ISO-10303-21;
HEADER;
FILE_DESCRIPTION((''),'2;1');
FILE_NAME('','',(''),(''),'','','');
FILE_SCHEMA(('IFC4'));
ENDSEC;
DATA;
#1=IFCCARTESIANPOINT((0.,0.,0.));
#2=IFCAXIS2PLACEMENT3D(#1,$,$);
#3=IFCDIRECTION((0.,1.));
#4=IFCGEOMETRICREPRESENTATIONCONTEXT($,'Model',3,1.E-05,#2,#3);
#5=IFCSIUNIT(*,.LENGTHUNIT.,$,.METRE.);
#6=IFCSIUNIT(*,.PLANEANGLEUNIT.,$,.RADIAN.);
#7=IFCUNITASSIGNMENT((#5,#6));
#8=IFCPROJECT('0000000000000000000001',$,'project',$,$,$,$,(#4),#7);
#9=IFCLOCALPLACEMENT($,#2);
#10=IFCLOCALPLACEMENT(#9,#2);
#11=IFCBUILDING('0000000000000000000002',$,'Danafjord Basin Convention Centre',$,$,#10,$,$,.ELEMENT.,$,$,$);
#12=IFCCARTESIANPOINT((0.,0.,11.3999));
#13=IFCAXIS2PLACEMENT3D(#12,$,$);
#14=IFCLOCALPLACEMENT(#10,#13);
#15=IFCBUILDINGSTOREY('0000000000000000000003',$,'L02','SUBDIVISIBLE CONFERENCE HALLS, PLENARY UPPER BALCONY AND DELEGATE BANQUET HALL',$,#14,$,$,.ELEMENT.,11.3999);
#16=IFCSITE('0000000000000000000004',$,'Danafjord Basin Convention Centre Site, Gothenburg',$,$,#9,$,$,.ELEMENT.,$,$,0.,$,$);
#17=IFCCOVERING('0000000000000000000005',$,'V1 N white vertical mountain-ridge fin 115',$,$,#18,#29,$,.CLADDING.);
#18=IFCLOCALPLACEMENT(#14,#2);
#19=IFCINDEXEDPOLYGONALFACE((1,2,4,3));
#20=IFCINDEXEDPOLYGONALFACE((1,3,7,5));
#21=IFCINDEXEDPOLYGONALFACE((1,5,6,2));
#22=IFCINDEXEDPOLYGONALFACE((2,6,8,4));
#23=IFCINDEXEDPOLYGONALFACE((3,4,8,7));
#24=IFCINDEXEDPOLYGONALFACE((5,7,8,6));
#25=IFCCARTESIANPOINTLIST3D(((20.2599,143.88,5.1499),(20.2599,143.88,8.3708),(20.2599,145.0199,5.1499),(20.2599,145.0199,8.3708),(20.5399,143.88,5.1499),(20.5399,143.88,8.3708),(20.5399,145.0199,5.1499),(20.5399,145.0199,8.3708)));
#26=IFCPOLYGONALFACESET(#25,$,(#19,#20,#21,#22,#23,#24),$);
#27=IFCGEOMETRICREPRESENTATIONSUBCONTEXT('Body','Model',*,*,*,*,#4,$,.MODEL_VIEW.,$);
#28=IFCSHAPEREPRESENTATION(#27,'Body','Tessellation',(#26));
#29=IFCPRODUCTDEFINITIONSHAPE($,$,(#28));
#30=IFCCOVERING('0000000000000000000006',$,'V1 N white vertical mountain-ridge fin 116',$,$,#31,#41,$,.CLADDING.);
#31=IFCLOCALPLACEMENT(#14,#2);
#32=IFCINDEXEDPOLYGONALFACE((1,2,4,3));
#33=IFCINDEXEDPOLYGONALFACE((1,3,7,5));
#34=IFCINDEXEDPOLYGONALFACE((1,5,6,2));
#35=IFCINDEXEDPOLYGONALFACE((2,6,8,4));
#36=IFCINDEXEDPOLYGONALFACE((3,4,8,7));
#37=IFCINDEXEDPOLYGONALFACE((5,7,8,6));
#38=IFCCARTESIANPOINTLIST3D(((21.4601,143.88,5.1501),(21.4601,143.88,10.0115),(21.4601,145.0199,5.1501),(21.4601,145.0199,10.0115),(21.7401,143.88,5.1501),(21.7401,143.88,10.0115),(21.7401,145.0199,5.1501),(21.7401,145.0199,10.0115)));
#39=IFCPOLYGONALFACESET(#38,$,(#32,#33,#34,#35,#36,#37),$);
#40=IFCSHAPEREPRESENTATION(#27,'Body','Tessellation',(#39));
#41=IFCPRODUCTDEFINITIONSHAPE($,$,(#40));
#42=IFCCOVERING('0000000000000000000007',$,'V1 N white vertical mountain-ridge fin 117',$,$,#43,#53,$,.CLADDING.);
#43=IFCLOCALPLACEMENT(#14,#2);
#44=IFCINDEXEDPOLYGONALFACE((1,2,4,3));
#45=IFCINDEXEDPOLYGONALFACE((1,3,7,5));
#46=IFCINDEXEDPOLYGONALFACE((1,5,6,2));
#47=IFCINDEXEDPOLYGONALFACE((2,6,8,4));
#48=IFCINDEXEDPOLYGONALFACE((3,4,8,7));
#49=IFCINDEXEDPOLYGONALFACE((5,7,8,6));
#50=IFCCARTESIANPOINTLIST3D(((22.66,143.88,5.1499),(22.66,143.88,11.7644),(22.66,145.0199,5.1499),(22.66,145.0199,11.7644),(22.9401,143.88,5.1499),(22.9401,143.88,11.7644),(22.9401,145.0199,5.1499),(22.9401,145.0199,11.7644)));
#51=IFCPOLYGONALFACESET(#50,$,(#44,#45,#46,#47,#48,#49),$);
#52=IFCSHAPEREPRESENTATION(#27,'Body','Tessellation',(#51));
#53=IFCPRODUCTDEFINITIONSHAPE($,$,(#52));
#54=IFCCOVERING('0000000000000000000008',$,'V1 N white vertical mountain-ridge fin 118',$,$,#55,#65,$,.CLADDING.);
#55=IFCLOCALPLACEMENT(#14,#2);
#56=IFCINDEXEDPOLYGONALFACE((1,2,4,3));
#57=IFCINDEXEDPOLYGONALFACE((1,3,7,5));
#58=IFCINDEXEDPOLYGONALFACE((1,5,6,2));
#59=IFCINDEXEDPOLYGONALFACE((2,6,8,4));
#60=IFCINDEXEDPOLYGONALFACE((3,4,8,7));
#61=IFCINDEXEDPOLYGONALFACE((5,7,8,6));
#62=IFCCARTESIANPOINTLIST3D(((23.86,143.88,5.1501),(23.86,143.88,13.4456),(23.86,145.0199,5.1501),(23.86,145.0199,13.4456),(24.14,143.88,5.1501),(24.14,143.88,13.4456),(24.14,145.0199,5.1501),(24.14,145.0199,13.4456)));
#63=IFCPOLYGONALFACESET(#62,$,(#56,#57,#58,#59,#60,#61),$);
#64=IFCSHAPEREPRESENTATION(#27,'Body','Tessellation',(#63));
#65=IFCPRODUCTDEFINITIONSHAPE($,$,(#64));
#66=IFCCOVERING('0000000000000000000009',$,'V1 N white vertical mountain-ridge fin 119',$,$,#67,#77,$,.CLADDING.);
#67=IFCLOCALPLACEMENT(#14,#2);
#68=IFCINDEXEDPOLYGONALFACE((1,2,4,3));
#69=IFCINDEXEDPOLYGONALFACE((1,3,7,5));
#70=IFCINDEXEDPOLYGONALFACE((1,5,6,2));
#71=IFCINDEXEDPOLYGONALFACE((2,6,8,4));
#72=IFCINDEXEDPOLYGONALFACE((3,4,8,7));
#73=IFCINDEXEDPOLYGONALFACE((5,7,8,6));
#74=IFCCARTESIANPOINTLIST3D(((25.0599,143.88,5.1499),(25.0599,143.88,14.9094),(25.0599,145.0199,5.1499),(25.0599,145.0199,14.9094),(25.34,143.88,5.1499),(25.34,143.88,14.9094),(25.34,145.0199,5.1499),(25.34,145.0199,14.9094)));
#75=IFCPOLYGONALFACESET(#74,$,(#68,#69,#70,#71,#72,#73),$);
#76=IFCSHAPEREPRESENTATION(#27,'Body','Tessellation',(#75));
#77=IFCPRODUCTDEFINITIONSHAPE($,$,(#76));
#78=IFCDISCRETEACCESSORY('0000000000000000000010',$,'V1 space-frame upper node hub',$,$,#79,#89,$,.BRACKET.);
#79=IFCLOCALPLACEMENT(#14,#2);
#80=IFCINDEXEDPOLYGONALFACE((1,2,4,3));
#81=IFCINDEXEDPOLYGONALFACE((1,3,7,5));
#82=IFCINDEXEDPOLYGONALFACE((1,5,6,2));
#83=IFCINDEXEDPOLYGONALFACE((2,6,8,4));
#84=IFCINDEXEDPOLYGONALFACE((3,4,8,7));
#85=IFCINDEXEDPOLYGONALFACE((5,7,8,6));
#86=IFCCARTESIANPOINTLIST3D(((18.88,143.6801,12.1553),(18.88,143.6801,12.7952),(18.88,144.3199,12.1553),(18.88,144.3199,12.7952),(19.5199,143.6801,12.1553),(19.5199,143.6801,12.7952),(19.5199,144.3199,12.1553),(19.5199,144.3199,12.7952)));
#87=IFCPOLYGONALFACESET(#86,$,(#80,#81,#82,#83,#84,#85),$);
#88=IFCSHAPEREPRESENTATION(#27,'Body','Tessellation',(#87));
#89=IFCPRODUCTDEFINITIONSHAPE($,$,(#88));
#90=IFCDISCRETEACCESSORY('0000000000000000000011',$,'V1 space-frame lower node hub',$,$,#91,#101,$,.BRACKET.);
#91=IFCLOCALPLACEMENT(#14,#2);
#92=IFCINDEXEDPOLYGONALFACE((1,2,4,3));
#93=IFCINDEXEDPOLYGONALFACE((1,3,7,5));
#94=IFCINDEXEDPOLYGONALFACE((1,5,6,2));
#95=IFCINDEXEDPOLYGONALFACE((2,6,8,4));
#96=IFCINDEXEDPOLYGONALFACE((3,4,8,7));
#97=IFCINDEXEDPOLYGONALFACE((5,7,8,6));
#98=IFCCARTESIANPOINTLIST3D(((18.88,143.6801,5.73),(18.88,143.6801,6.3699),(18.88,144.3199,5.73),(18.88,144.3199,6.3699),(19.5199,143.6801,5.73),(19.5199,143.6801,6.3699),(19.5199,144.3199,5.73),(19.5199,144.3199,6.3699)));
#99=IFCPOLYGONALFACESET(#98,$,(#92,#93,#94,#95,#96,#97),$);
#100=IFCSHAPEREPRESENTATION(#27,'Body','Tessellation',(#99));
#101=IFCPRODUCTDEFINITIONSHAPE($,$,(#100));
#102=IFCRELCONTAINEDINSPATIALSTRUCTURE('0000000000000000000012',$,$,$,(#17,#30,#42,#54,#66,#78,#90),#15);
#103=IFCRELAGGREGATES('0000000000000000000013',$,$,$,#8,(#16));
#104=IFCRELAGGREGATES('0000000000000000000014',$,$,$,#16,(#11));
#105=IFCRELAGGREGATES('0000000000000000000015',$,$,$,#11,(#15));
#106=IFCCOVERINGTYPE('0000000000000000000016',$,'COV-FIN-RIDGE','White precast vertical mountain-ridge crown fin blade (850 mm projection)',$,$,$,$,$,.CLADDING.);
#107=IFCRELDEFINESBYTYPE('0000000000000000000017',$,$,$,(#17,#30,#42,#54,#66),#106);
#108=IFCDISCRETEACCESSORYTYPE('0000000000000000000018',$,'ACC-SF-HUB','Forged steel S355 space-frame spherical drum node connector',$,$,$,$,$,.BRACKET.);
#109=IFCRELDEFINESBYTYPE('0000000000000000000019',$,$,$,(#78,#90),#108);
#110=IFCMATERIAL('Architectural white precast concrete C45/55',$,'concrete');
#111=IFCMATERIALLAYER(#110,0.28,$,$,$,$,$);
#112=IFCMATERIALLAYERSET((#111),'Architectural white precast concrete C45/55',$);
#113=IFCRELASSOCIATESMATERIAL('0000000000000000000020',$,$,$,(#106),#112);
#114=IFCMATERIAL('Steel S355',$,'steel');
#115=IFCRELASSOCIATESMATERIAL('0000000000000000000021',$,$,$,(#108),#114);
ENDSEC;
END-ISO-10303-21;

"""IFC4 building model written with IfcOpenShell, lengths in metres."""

from ifc_helpers import new_model, si_unit, direction, frame, origin, origin_2d, place, context, subcontext, project, spatial, rectangle, extrude, material, layer, layer_set, type_object, element, save


model = new_model("IFC4")

# Units and contexts
model_context = context("Model", 3, precision=1e-05, world=origin(), true_north=direction((0.0, 1.0)))
body_context = subcontext(model_context, "Body", "Model", "MODEL_VIEW")
ifc_project = project(units=[si_unit("LENGTHUNIT", "METRE"), si_unit("PLANEANGLEUNIT", "RADIAN")], contexts=[model_context])

# Site, building, storey
site_placement = place(None, origin())
site = spatial("IfcSite", under=ifc_project, at=site_placement, Name="Danafjord Basin Convention Centre Site, Gothenburg", CompositionType="ELEMENT", RefElevation=0.0)
building_placement = place(site_placement, origin())
building = spatial("IfcBuilding", under=site, at=building_placement, Name="Danafjord Basin Convention Centre", CompositionType="ELEMENT")
storey_placement = place(building_placement, frame((0.0, 0.0, 11.3999)))
storey = spatial("IfcBuildingStorey", under=building, at=storey_placement, Name="L02", Description="SUBDIVISIBLE CONFERENCE HALLS, PLENARY UPPER BALCONY AND DELEGATE BANQUET HALL", CompositionType="ELEMENT", Elevation=11.3999)

# Shared definitions
ifc_material_1 = material(Name="Steel S355", Category="steel")

# Coverings
ifc_material_2 = material(Name="Architectural white precast concrete C45/55", Category="concrete")
ifc_layer_1 = layer(ifc_material_2, 0.28)
ifc_layer_set_1 = layer_set([ifc_layer_1], Name="Architectural white precast concrete C45/55")
covering_type = type_object("IfcCoveringType", Name="COV-FIN-RIDGE", Description="White precast vertical mountain-ridge crown fin blade (850 mm projection)", PredefinedType="CLADDING", material=ifc_layer_set_1)
covering_1_placement = place(storey_placement, frame((20.3999, 144.45, 5.1499), z_axis=(0.0, 0.0, 1.0), x_axis=(0.0, 1.0, 0.0)))
element("IfcCovering", 1, at=covering_1_placement, inside=storey, type_object=covering_type, Name="V1 N white vertical mountain-ridge fin 115", PredefinedType="CLADDING", context=body_context, shape_type="SweptSolid", body=[
    extrude(rectangle(XDim=1.1399, YDim=0.28, at=origin_2d()), origin(), (0.0, 0.0, 1.0), 3.2209),
])
covering_2_placement = place(storey_placement, frame((21.6001, 144.45, 5.1501), z_axis=(0.0, 0.0, 1.0), x_axis=(0.0, 1.0, 0.0)))
element("IfcCovering", 2, at=covering_2_placement, inside=storey, type_object=covering_type, Name="V1 N white vertical mountain-ridge fin 116", PredefinedType="CLADDING", context=body_context, shape_type="SweptSolid", body=[
    extrude(rectangle(XDim=1.1399, YDim=0.28, at=origin_2d()), origin(), (0.0, 0.0, 1.0), 4.8613),
])
covering_3_placement = place(storey_placement, frame((22.8, 144.45, 5.1499), z_axis=(0.0, 0.0, 1.0), x_axis=(0.0, 1.0, 0.0)))
element("IfcCovering", 3, at=covering_3_placement, inside=storey, type_object=covering_type, Name="V1 N white vertical mountain-ridge fin 117", PredefinedType="CLADDING", context=body_context, shape_type="SweptSolid", body=[
    extrude(rectangle(XDim=1.1399, YDim=0.28, at=origin_2d()), origin(), (0.0, 0.0, 1.0), 6.6145),
])
covering_4_placement = place(storey_placement, frame((24.0, 144.45, 5.1501), z_axis=(0.0, 0.0, 1.0), x_axis=(0.0, 1.0, 0.0)))
element("IfcCovering", 4, at=covering_4_placement, inside=storey, type_object=covering_type, Name="V1 N white vertical mountain-ridge fin 118", PredefinedType="CLADDING", context=body_context, shape_type="SweptSolid", body=[
    extrude(rectangle(XDim=1.1399, YDim=0.28, at=origin_2d()), origin(), (0.0, 0.0, 1.0), 8.2954),
])
covering_5_placement = place(storey_placement, frame((25.2, 144.45, 5.1499), z_axis=(0.0, 0.0, 1.0), x_axis=(0.0, 1.0, 0.0)))
element("IfcCovering", 5, at=covering_5_placement, inside=storey, type_object=covering_type, Name="V1 N white vertical mountain-ridge fin 119", PredefinedType="CLADDING", context=body_context, shape_type="SweptSolid", body=[
    extrude(rectangle(XDim=1.1399, YDim=0.28, at=origin_2d()), origin(), (0.0, 0.0, 1.0), 9.7595),
])

# Discrete accessories
discrete_accessory_type = type_object("IfcDiscreteAccessoryType", Name="ACC-SF-HUB", Description="Forged steel S355 space-frame spherical drum node connector", PredefinedType="BRACKET", material=ifc_material_1)
for number, where, z_axis, x_axis, name in (
    (6, (19.2, 144.0, 12.1553), (0.0, 0.0, 1.0), (1.0, 0.0, 0.0), "V1 space-frame upper node hub"),
    (7, (19.2, 144.0, 5.73), (0.0, 0.0, 1.0), (1.0, 0.0, 0.0), "V1 space-frame lower node hub"),
):
    element("IfcDiscreteAccessory", number, at=place(storey_placement, frame(where, z_axis=z_axis, x_axis=x_axis)), inside=storey, type_object=discrete_accessory_type, Name=name, PredefinedType="BRACKET", context=body_context, shape_type="SweptSolid", body=[
        extrude(rectangle(XDim=0.6399, YDim=0.6399, at=origin_2d()), origin(), (0.0, 0.0, 1.0), 0.6399),
    ])

save(model, "model.ifc")
